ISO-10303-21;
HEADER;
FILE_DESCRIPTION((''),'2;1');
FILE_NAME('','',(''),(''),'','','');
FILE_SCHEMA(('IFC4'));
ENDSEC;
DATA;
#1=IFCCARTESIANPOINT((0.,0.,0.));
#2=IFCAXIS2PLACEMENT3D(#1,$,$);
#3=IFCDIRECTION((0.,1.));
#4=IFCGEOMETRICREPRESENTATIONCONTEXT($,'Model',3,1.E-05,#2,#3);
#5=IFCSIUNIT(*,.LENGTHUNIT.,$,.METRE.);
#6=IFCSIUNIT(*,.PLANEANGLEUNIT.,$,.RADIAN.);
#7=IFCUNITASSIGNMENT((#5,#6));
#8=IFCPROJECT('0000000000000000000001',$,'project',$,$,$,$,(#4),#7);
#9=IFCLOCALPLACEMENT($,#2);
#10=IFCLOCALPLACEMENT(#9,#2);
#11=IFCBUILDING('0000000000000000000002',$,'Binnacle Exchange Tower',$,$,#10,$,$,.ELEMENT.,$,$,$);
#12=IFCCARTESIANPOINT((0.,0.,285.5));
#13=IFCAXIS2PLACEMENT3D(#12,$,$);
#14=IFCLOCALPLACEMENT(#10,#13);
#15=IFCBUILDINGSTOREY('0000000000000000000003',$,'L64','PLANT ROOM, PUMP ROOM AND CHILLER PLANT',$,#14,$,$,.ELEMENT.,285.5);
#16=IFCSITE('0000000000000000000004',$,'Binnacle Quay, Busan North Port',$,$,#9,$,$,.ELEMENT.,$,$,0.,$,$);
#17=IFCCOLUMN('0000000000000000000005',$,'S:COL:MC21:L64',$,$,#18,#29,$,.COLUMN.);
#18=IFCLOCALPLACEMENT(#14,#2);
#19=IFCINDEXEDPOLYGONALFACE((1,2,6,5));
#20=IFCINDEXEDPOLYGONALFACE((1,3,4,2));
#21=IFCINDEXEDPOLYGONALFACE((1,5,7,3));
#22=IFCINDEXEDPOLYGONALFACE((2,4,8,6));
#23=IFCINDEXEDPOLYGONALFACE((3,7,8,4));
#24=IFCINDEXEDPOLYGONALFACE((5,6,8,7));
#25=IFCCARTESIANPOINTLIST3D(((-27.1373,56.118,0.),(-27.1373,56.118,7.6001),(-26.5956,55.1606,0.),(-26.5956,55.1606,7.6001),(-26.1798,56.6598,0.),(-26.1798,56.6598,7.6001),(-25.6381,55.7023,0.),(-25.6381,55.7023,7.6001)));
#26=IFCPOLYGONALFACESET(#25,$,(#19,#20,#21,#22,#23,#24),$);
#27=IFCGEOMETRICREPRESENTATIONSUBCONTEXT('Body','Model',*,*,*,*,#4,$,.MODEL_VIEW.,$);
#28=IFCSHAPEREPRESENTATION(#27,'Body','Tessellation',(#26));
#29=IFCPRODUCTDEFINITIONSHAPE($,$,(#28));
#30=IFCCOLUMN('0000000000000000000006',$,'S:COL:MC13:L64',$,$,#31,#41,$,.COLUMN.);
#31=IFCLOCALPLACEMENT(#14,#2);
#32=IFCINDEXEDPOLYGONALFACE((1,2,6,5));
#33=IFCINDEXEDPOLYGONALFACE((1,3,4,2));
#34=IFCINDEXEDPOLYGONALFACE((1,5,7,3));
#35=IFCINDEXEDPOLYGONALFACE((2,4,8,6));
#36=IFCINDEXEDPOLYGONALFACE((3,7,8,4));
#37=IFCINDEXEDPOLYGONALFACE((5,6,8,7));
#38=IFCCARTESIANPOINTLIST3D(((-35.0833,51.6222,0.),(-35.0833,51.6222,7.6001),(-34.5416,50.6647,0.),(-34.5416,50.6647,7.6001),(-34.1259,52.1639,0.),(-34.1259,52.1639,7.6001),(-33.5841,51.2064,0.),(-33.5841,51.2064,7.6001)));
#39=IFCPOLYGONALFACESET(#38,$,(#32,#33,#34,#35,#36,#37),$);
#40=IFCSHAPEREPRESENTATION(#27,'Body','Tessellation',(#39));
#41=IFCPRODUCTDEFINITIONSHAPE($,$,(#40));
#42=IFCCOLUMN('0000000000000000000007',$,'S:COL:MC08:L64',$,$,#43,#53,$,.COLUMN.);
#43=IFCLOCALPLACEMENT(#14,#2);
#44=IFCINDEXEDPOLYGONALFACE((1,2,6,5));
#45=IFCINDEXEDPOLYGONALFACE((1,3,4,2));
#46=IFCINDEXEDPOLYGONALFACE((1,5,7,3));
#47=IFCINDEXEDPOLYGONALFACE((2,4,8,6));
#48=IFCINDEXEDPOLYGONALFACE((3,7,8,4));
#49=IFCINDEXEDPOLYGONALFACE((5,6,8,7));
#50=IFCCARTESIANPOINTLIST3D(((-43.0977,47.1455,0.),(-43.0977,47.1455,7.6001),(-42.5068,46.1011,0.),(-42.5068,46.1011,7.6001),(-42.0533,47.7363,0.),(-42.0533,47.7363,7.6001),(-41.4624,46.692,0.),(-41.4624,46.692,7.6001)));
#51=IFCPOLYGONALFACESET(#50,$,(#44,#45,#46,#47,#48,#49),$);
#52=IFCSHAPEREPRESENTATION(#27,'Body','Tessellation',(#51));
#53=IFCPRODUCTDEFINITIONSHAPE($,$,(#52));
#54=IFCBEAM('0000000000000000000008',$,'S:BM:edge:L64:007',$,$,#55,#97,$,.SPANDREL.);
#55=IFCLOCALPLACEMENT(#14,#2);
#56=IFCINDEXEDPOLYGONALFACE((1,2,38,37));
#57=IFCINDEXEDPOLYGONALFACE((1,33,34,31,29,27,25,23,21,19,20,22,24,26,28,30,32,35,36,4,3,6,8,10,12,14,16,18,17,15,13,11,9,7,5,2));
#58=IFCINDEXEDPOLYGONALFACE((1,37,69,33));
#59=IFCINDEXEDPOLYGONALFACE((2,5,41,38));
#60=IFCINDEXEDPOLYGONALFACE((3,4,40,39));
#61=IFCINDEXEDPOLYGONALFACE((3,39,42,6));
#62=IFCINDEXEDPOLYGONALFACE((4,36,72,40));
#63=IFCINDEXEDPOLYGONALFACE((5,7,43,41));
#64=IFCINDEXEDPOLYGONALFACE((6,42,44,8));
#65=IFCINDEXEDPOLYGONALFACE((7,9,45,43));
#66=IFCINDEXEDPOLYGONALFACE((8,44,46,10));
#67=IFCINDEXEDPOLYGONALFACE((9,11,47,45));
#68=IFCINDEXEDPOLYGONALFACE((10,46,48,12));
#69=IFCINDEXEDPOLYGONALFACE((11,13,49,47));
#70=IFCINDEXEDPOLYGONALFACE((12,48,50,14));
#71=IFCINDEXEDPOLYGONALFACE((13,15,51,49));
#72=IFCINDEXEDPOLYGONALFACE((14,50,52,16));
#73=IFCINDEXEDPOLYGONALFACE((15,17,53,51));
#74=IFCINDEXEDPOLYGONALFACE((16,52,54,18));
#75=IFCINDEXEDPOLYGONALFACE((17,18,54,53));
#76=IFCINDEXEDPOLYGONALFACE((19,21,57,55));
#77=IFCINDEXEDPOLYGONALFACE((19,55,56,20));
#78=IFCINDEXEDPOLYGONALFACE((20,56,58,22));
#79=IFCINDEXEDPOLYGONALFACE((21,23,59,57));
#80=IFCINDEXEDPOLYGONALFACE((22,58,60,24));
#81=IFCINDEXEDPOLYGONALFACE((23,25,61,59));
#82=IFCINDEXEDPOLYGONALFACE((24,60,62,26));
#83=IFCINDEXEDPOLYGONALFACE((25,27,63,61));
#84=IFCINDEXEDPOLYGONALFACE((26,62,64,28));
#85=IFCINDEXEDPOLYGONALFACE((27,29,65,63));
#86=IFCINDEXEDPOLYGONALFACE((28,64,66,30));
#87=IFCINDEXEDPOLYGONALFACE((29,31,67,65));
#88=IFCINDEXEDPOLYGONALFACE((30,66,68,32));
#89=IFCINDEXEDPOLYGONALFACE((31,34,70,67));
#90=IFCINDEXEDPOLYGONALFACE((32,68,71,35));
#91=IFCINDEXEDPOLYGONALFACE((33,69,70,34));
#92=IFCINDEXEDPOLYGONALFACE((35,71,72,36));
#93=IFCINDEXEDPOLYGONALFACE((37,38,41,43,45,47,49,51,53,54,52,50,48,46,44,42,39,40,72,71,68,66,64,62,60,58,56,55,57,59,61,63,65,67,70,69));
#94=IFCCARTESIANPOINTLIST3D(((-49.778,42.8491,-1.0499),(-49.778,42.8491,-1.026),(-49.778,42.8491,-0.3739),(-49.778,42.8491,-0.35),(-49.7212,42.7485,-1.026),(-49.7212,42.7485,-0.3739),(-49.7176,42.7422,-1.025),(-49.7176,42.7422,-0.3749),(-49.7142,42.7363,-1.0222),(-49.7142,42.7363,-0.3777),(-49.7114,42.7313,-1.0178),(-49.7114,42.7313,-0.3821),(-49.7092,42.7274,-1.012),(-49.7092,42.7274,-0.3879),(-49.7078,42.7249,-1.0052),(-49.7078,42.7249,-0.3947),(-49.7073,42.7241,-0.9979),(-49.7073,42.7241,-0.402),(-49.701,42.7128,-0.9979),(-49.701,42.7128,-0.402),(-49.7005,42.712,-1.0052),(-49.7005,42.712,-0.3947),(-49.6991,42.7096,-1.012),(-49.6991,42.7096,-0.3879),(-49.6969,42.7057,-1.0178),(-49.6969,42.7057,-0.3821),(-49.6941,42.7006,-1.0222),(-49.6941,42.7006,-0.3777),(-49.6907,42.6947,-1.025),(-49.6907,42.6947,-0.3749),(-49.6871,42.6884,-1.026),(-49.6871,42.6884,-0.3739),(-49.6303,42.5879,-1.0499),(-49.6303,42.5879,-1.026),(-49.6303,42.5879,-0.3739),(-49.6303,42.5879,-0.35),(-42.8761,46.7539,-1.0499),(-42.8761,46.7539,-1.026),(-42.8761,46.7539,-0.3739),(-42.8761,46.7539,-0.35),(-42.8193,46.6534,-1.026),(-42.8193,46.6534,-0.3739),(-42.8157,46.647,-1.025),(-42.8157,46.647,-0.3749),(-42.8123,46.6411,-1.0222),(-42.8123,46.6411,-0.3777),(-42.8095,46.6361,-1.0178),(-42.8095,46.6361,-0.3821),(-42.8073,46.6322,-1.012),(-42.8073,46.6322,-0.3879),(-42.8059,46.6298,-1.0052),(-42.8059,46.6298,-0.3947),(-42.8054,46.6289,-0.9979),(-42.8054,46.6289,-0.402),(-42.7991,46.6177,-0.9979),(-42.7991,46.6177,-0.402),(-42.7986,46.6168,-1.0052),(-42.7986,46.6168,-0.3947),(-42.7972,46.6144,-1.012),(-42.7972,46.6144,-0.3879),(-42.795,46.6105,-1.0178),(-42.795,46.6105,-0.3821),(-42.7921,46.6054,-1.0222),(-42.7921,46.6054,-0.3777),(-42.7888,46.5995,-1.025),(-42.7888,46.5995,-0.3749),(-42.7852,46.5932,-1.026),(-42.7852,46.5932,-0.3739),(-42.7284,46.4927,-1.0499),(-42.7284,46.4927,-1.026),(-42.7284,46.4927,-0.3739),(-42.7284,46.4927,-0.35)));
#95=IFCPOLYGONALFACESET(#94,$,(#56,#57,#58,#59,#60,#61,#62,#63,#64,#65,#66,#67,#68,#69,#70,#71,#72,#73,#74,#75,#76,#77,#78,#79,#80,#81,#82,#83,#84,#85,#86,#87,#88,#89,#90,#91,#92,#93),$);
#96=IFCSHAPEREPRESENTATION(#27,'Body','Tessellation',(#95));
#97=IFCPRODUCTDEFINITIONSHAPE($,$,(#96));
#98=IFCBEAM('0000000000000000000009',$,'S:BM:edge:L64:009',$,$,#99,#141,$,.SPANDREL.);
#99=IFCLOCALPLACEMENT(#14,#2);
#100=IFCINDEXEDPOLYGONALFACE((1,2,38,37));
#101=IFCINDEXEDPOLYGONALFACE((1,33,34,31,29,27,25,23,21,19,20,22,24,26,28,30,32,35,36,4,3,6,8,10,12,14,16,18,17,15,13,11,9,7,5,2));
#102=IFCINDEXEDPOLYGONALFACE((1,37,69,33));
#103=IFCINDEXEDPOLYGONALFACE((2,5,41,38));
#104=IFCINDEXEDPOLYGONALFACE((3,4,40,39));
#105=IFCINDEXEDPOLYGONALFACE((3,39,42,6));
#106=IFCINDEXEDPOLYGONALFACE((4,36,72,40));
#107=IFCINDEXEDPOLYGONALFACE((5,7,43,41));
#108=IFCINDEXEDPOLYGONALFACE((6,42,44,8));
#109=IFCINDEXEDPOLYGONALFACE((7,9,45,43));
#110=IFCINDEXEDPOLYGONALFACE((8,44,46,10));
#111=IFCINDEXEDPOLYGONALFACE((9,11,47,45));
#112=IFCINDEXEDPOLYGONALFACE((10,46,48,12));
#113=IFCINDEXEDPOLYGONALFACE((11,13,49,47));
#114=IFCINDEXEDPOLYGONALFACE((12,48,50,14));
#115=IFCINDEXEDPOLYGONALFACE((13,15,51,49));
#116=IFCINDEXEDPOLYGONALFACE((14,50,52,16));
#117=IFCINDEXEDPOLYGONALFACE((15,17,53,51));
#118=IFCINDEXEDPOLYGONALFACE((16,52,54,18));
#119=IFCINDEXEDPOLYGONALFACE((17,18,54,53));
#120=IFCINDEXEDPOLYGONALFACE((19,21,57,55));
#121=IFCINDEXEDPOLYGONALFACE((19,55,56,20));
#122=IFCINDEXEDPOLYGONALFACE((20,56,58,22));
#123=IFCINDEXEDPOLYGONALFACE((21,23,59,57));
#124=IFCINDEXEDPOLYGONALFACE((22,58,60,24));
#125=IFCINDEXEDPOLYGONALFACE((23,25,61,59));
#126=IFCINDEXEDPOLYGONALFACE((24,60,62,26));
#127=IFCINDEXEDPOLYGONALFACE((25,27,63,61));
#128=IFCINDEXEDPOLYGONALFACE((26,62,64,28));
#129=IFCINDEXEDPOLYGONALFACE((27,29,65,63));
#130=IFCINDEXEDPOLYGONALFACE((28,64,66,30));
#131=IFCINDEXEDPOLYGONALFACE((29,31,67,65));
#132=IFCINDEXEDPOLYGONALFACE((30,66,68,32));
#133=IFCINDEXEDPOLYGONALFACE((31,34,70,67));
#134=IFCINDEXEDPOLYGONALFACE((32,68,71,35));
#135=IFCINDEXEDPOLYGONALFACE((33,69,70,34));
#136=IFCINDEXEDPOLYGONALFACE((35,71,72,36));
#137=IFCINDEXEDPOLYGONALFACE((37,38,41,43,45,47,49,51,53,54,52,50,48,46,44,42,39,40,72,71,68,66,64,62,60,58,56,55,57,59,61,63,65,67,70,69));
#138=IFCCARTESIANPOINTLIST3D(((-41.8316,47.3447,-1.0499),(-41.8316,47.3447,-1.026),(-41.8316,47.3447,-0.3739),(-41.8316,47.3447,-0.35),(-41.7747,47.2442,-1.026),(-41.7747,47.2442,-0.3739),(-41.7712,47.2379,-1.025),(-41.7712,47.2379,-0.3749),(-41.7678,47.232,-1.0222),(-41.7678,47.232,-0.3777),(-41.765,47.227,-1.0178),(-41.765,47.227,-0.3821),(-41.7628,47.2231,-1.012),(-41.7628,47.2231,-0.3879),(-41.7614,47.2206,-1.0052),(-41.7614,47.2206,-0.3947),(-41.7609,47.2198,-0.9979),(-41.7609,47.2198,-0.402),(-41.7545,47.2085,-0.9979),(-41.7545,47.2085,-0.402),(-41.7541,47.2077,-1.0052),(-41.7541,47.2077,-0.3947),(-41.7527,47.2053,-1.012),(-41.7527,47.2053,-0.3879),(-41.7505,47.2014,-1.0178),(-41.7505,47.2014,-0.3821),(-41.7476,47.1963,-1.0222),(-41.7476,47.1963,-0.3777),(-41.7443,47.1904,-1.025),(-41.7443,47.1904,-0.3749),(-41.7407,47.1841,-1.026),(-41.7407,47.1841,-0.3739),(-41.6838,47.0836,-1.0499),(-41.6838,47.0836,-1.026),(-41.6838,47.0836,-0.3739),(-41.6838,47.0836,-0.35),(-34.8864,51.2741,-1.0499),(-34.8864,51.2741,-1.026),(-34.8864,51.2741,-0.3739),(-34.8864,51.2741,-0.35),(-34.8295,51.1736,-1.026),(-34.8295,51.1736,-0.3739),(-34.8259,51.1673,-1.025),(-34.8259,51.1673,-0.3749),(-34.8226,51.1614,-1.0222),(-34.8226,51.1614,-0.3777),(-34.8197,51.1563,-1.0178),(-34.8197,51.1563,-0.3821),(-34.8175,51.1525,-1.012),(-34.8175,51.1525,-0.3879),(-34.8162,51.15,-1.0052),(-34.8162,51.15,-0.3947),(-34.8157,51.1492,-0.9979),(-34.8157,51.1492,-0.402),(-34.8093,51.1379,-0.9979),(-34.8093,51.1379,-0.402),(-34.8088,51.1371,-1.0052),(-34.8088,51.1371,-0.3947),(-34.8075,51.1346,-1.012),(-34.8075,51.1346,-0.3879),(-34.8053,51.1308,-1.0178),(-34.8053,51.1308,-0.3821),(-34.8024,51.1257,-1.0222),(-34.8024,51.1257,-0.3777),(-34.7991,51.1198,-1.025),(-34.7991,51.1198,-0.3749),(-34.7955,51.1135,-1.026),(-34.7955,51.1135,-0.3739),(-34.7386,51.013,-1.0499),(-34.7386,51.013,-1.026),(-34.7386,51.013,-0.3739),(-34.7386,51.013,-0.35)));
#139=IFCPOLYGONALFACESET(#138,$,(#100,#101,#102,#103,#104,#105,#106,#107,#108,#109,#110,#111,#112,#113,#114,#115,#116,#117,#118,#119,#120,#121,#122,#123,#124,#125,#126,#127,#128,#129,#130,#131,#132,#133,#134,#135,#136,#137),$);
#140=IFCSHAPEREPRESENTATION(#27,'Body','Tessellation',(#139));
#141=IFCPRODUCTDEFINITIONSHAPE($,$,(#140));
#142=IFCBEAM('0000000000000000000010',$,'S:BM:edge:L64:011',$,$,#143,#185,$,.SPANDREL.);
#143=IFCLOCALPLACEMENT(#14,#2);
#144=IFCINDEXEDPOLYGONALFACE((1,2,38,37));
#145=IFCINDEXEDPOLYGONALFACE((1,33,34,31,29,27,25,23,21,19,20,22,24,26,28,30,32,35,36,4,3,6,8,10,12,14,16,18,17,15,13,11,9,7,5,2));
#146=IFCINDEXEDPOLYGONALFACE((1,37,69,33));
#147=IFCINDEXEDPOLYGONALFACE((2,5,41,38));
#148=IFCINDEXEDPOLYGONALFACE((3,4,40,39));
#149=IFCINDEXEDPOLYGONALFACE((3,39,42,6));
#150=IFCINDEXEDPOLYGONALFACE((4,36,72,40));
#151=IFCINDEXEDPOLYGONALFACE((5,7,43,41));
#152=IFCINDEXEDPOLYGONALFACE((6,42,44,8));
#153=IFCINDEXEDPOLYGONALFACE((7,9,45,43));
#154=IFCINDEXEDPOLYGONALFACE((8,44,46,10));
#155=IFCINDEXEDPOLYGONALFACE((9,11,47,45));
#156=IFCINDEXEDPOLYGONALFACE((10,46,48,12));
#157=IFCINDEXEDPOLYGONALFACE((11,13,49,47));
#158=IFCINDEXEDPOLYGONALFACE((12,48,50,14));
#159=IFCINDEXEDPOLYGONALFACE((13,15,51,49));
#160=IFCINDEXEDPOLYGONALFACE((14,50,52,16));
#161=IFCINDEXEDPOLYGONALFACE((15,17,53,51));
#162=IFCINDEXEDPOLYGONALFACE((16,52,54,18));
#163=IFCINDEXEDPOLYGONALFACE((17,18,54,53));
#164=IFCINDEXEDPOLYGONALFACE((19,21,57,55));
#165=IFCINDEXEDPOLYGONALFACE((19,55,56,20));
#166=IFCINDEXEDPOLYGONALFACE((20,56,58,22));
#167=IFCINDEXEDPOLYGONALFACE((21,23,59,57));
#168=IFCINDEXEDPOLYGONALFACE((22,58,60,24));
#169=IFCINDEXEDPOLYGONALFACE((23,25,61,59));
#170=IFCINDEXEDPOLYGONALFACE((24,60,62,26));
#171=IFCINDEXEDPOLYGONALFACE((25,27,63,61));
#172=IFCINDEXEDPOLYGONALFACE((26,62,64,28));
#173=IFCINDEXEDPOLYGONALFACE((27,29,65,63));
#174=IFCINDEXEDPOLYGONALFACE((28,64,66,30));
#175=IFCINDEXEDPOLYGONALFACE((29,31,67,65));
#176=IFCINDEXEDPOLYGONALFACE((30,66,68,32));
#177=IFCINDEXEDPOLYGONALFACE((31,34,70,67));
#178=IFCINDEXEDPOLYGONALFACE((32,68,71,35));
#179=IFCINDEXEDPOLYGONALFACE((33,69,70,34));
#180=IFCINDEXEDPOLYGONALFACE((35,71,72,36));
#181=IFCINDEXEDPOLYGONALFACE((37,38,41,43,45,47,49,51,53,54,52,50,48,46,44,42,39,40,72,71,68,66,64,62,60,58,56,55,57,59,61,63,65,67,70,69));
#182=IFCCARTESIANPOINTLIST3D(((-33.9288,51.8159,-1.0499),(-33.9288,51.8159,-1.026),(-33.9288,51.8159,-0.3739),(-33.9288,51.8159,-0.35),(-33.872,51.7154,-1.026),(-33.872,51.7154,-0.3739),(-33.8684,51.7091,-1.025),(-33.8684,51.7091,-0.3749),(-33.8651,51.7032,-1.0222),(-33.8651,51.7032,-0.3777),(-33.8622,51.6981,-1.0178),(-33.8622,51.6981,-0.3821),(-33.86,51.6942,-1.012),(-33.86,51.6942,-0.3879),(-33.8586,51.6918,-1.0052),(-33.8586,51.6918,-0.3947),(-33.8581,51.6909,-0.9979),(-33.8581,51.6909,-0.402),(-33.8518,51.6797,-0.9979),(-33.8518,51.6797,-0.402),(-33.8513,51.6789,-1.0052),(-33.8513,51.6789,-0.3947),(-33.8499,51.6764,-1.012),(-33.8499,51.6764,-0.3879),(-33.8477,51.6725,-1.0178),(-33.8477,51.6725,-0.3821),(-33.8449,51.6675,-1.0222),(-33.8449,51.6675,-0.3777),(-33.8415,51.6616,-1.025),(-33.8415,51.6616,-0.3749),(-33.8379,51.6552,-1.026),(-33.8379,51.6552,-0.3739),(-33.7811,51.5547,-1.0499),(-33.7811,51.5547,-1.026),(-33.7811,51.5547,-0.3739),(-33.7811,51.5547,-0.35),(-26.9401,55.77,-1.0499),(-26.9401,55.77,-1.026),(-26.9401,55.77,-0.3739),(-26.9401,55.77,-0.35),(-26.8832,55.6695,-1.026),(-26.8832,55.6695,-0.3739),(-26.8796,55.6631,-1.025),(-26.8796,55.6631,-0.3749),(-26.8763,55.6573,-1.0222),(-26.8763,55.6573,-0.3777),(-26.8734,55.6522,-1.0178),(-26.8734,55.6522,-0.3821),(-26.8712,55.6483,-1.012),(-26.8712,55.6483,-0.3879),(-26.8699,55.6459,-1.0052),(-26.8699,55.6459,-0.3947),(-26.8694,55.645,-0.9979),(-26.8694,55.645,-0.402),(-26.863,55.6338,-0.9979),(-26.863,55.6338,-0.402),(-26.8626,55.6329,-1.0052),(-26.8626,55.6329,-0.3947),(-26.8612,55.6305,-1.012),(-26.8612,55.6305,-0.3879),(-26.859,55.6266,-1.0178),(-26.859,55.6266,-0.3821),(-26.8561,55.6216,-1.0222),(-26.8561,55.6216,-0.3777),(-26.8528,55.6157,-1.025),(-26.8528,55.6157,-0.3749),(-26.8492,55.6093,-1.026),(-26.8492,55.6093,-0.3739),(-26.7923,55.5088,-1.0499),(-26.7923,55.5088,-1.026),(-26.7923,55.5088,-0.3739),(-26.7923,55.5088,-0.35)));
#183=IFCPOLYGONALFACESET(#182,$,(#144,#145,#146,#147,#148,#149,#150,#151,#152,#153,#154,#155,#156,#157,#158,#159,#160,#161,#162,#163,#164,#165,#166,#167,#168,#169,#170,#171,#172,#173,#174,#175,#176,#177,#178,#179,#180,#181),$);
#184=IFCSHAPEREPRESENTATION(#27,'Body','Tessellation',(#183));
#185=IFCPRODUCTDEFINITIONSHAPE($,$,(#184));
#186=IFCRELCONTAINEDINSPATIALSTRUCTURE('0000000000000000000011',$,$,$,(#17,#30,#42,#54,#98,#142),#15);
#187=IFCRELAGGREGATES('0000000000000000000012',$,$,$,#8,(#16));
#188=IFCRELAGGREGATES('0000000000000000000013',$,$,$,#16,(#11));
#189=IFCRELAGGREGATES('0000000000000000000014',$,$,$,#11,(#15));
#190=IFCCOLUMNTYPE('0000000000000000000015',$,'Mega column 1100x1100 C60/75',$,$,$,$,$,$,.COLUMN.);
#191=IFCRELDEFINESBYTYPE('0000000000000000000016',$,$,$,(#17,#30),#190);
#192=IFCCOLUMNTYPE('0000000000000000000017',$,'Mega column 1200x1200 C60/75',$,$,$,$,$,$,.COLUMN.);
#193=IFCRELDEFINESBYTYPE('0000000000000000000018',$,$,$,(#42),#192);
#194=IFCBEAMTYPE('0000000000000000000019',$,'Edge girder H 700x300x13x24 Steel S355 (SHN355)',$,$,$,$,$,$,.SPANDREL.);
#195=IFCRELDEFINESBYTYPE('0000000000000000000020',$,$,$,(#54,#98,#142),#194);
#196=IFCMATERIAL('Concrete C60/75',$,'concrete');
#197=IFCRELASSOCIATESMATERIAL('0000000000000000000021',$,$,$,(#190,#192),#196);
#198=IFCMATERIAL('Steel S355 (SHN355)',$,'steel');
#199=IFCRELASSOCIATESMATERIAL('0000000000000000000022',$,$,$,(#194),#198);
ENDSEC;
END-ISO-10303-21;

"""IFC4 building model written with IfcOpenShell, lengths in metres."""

from ifc_helpers import new_model, si_unit, direction, frame, origin, origin_2d, place, context, subcontext, project, spatial, rectangle, i_section, extrude, material, material_profile, profile_set, type_object, element, save


model = new_model("IFC4")

# Units and contexts
model_context = context("Model", 3, precision=1e-05, world=origin(), true_north=direction((0.0, 1.0)))
body_context = subcontext(model_context, "Body", "Model", "MODEL_VIEW")
ifc_project = project(units=[si_unit("LENGTHUNIT", "METRE"), si_unit("PLANEANGLEUNIT", "RADIAN")], contexts=[model_context])

# Site, building, storey
site_placement = place(None, origin())
site = spatial("IfcSite", under=ifc_project, at=site_placement, Name="Binnacle Quay, Busan North Port", CompositionType="ELEMENT", RefElevation=0.0)
building_placement = place(site_placement, origin())
building = spatial("IfcBuilding", under=site, at=building_placement, Name="Binnacle Exchange Tower", CompositionType="ELEMENT")
storey_placement = place(building_placement, frame((0.0, 0.0, 285.5)))
storey = spatial("IfcBuildingStorey", under=building, at=storey_placement, Name="L64", Description="PLANT ROOM, PUMP ROOM AND CHILLER PLANT", CompositionType="ELEMENT", Elevation=285.5)

# Columns
ifc_material_1 = material(Name="Concrete C60/75", Category="concrete")
ifc_material_profile_1 = material_profile(ifc_material_1, rectangle(XDim=1.1001, YDim=1.1001, at=origin_2d()), Name="Mega column 1100x1100 C60/75")
ifc_profile_set_1 = profile_set([ifc_material_profile_1], Name="Concrete C60/75")
column_type_1 = type_object("IfcColumnType", Name="Mega column 1100x1100 C60/75", PredefinedType="COLUMN", material=ifc_profile_set_1)
for number, where, z_axis, x_axis, name in (
    (1, (-26.3877, 55.9102, 0.0), (0.0, 0.0, 1.0), (-0.870356, -0.492424, 0.0), "S:COL:MC21:L64"),
    (2, (-34.3337, 51.4143, 0.0), (0.0, 0.0, 1.0), (-0.870356, -0.492424, 0.0), "S:COL:MC13:L64"),
):
    element("IfcColumn", number, at=place(storey_placement, frame(where, z_axis=z_axis, x_axis=x_axis)), inside=storey, type_object=column_type_1, Name=name, PredefinedType="COLUMN", context=body_context, shape_type="SweptSolid", body=[
        extrude(rectangle(XDim=1.1001, YDim=1.1001, at=origin_2d()), origin(), (0.0, 0.0, 1.0), 7.6001),
    ])
ifc_material_profile_2 = material_profile(ifc_material_1, rectangle(XDim=1.2, YDim=1.2, at=origin_2d()), Name="Mega column 1200x1200 C60/75")
ifc_profile_set_2 = profile_set([ifc_material_profile_2], Name="Concrete C60/75")
column_type_2 = type_object("IfcColumnType", Name="Mega column 1200x1200 C60/75", PredefinedType="COLUMN", material=ifc_profile_set_2)
column_placement = place(storey_placement, frame((-42.28, 46.9187, 0.0), z_axis=(0.0, 0.0, 1.0), x_axis=(-0.870356, -0.492424, 0.0)))
element("IfcColumn", 3, at=column_placement, inside=storey, type_object=column_type_2, Name="S:COL:MC08:L64", PredefinedType="COLUMN", context=body_context, shape_type="SweptSolid", body=[
    extrude(rectangle(XDim=1.2, YDim=1.2, at=origin_2d()), origin(), (0.0, 0.0, 1.0), 7.6001),
])

# Beams
ifc_material_2 = material(Name="Steel S355 (SHN355)", Category="steel")
ifc_material_profile_3 = material_profile(ifc_material_2, i_section(OverallWidth=0.3, OverallDepth=0.7, WebThickness=0.0129, FlangeThickness=0.0239, FilletRadius=0.0281, at=origin_2d()), Name="H 700x300x13x24")
ifc_profile_set_3 = profile_set([ifc_material_profile_3], Name="Steel S355 (SHN355)")
beam_type_1 = type_object("IfcBeamType", Name="Edge girder H 700x300x13x24 Steel S355 (SHN355)", PredefinedType="SPANDREL", material=ifc_profile_set_3)
beam_1_placement = place(storey_placement, frame((-42.8022, 46.6233, -0.7), z_axis=(-0.870361, -0.492414, 0.0), x_axis=(0.492414, -0.870361, 0.0)))
element("IfcBeam", 4, at=beam_1_placement, inside=storey, type_object=beam_type_1, Name="S:BM:edge:L64:007", PredefinedType="SPANDREL", context=body_context, shape_type="SweptSolid", body=[
    extrude(i_section(OverallWidth=0.3, OverallDepth=0.7, WebThickness=0.0129, FlangeThickness=0.0239, FilletRadius=0.0281, at=origin_2d()), origin(), (0.0, 0.0, 1.0), 7.9299),
])
beam_2_placement = place(storey_placement, frame((-34.8125, 51.1436, -0.7), z_axis=(-0.870357, -0.492421, 0.0), x_axis=(0.492421, -0.870357, 0.0)))
element("IfcBeam", 5, at=beam_2_placement, inside=storey, type_object=beam_type_1, Name="S:BM:edge:L64:009", PredefinedType="SPANDREL", context=body_context, shape_type="SweptSolid", body=[
    extrude(i_section(OverallWidth=0.3, OverallDepth=0.7, WebThickness=0.0129, FlangeThickness=0.0239, FilletRadius=0.0281, at=origin_2d()), origin(), (0.0, 0.0, 1.0), 7.9797),
])
beam_3_placement = place(storey_placement, frame((-26.8662, 55.6394, -0.7), z_axis=(-0.870353, -0.492428, 0.0), x_axis=(0.492428, -0.870353, 0.0)))
element("IfcBeam", 6, at=beam_3_placement, inside=storey, type_object=beam_type_1, Name="S:BM:edge:L64:011", PredefinedType="SPANDREL", context=body_context, shape_type="SweptSolid", body=[
    extrude(i_section(OverallWidth=0.3, OverallDepth=0.7, WebThickness=0.0129, FlangeThickness=0.0239, FilletRadius=0.0281, at=origin_2d()), origin(), (0.0, 0.0, 1.0), 8.0298),
])

save(model, "model.ifc")
